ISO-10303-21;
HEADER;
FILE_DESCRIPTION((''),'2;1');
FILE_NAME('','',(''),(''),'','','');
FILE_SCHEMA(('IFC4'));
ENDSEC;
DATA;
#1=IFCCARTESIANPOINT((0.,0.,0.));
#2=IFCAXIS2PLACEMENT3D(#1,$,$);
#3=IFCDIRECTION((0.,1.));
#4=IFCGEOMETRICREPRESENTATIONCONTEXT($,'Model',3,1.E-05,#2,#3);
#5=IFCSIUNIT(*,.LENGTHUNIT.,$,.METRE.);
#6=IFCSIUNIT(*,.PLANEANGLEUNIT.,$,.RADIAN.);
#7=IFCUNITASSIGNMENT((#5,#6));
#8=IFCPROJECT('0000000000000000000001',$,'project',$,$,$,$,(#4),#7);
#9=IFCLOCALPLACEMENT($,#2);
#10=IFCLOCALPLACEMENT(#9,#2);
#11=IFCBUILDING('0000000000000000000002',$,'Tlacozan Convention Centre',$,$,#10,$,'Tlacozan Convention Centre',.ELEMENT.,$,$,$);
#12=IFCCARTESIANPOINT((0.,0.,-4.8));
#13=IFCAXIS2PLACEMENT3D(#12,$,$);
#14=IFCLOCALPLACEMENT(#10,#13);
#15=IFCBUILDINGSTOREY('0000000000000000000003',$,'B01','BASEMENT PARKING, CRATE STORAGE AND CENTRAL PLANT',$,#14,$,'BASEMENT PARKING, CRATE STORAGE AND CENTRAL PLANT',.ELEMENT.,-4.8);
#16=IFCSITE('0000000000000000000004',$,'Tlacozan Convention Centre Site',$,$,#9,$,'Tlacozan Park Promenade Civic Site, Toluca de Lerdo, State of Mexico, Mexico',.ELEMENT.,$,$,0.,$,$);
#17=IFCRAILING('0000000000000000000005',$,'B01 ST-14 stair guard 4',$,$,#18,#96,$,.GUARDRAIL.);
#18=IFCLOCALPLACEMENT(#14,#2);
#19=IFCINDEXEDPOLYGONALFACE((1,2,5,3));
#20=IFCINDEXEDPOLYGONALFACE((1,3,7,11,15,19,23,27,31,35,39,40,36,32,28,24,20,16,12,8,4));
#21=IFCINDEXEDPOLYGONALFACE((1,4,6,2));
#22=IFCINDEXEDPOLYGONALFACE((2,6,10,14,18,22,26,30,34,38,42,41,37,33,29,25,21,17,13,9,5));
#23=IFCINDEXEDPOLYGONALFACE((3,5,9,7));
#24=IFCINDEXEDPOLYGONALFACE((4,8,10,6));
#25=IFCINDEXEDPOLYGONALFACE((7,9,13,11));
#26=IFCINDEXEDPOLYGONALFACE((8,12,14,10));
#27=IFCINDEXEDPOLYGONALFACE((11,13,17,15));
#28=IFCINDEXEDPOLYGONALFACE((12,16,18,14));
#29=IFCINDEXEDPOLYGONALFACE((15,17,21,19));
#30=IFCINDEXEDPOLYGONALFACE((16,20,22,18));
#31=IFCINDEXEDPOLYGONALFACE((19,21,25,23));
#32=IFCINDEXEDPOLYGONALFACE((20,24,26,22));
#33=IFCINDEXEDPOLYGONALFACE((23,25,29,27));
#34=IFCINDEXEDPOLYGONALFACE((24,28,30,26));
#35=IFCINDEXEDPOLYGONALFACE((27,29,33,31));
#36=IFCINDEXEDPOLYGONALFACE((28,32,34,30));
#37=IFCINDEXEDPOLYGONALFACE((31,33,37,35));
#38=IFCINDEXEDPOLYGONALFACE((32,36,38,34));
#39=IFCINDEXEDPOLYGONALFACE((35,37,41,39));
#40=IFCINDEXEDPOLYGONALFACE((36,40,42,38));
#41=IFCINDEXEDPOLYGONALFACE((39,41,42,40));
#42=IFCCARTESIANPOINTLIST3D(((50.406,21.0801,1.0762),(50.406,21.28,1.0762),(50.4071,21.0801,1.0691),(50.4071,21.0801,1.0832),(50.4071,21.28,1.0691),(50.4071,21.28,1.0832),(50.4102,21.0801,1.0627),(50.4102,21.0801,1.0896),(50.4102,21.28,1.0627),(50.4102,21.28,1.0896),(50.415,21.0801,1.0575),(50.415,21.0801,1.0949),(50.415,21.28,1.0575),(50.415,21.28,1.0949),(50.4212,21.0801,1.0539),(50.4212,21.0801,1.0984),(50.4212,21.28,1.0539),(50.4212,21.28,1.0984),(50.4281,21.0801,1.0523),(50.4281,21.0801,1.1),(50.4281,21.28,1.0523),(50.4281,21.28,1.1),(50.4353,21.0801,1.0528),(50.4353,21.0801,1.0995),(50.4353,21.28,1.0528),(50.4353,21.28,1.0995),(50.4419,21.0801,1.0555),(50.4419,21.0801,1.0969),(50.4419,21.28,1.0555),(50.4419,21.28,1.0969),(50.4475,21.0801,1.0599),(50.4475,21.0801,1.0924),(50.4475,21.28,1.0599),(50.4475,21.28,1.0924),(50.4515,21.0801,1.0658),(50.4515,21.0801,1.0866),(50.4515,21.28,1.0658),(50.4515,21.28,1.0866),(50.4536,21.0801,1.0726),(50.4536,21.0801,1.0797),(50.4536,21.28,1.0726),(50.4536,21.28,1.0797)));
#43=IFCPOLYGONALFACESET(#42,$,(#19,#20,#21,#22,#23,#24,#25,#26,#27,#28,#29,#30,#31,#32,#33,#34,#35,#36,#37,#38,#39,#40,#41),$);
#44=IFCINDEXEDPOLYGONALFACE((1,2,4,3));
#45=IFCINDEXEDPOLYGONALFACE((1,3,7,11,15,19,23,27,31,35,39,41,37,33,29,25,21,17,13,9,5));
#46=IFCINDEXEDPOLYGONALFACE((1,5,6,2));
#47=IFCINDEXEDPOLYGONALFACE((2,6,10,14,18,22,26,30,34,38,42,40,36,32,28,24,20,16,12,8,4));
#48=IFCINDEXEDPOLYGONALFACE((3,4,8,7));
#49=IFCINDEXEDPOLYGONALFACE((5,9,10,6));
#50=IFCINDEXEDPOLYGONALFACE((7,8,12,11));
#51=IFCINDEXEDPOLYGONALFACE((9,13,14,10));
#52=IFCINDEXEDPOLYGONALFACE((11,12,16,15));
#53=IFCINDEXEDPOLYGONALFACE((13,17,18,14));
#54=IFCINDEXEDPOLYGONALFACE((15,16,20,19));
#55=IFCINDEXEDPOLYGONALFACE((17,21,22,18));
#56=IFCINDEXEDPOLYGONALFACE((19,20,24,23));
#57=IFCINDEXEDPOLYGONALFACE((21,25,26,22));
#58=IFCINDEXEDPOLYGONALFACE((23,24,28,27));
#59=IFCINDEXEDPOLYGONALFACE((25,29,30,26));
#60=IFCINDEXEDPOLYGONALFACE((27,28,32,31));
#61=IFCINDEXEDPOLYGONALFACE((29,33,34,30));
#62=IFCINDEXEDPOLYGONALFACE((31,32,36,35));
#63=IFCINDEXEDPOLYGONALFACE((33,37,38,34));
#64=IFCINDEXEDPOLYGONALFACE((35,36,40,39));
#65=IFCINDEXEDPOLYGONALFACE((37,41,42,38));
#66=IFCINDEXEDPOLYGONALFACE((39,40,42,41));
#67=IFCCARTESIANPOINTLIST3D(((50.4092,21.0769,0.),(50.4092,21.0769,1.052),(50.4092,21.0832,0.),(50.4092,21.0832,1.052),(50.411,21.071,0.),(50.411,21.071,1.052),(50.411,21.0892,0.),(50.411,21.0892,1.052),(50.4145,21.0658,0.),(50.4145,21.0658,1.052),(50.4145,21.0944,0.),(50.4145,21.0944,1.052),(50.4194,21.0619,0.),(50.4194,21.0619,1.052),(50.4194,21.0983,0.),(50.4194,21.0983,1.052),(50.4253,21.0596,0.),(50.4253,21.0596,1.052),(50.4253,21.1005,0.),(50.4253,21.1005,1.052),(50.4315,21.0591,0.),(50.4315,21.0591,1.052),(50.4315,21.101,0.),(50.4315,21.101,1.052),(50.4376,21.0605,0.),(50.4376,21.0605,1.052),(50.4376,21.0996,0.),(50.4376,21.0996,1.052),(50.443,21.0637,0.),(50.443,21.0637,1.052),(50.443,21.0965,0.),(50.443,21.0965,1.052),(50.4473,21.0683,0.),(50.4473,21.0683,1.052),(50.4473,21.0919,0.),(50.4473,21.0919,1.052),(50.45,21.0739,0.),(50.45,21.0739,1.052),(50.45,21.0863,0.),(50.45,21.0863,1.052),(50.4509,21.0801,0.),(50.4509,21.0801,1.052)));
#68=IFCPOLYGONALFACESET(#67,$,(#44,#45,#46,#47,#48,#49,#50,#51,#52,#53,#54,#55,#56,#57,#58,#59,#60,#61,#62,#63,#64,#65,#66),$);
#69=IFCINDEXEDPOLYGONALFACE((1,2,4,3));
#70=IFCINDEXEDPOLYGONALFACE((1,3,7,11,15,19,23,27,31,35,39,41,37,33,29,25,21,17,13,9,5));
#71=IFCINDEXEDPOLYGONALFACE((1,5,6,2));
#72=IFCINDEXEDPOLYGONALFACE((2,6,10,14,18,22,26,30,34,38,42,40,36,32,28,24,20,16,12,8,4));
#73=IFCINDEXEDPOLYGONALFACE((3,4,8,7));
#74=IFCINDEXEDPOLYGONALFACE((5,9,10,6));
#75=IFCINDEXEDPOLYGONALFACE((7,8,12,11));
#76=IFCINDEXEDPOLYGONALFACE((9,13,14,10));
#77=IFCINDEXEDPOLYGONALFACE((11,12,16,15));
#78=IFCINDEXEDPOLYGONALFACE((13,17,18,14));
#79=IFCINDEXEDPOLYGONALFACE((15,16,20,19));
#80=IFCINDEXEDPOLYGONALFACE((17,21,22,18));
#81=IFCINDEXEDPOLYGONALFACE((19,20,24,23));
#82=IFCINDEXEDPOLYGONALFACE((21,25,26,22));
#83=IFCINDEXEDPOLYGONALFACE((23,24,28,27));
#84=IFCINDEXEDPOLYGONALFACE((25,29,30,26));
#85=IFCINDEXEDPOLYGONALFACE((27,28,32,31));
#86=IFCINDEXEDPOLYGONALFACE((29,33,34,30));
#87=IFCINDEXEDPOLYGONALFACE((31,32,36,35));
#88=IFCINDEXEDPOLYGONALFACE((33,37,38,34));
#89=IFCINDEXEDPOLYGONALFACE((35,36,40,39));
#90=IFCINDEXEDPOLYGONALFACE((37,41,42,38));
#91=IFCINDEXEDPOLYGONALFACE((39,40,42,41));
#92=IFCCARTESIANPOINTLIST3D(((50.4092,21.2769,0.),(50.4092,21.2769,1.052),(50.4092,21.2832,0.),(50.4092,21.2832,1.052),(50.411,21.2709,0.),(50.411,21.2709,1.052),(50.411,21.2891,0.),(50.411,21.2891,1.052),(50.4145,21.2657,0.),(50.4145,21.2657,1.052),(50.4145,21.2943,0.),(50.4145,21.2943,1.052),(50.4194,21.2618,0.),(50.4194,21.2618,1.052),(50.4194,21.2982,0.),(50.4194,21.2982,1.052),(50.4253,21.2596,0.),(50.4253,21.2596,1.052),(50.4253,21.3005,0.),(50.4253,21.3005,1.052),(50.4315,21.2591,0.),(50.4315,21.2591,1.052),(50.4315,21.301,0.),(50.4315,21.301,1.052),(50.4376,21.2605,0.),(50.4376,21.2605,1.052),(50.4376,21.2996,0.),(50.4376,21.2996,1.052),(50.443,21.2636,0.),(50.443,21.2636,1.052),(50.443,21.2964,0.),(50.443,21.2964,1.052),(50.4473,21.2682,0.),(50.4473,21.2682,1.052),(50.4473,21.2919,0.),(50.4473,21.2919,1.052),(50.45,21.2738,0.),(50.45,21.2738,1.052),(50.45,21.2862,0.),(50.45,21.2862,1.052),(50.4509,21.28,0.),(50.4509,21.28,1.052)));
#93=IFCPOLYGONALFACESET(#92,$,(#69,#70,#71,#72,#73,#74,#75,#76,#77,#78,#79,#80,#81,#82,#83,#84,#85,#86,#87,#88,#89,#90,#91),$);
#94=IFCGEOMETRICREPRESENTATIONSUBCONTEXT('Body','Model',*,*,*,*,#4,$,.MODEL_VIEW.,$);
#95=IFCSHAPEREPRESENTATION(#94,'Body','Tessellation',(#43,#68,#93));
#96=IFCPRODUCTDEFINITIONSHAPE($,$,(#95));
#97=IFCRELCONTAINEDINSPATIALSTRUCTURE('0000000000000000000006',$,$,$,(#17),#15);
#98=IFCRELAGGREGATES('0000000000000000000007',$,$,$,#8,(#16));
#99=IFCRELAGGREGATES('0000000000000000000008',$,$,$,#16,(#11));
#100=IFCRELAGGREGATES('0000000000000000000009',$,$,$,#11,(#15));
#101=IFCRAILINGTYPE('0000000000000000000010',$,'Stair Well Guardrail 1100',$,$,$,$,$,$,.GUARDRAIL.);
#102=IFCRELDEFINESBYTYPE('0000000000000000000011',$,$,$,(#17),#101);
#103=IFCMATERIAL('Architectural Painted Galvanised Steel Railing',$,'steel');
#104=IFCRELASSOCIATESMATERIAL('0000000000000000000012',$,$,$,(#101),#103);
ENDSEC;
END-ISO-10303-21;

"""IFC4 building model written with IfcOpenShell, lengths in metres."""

from ifc_helpers import new_model, si_unit, direction, frame, origin, origin_2d, place, context, subcontext, project, spatial, circle, extrude, material, type_object, element, save


model = new_model("IFC4")

# Units and contexts
model_context = context("Model", 3, precision=1e-05, world=origin(), true_north=direction((0.0, 1.0)))
body_context = subcontext(model_context, "Body", "Model", "MODEL_VIEW")
ifc_project = project(units=[si_unit("LENGTHUNIT", "METRE"), si_unit("PLANEANGLEUNIT", "RADIAN")], contexts=[model_context])

# Site, building, storey
site_placement = place(None, origin())
site = spatial("IfcSite", under=ifc_project, at=site_placement, Name="Tlacozan Convention Centre Site", LongName="Tlacozan Park Promenade Civic Site, Toluca de Lerdo, State of Mexico, Mexico", CompositionType="ELEMENT", RefElevation=0.0)
building_placement = place(site_placement, origin())
building = spatial("IfcBuilding", under=site, at=building_placement, Name="Tlacozan Convention Centre", LongName="Tlacozan Convention Centre", CompositionType="ELEMENT")
storey_placement = place(building_placement, frame((0.0, 0.0, -4.8)))
storey = spatial("IfcBuildingStorey", under=building, at=storey_placement, Name="B01", Description="BASEMENT PARKING, CRATE STORAGE AND CENTRAL PLANT", LongName="BASEMENT PARKING, CRATE STORAGE AND CENTRAL PLANT", CompositionType="ELEMENT", Elevation=-4.8)

# Railing
ifc_material_1 = material(Name="Architectural Painted Galvanised Steel Railing", Category="steel")
railing_type_1 = type_object("IfcRailingType", Name="Stair Well Guardrail 1100", PredefinedType="GUARDRAIL", material=ifc_material_1)
railing_1_placement = place(storey_placement, frame((50.4299, 21.0801, 0.0)))
element("IfcRailing", 1, at=railing_1_placement, inside=storey, type_object=railing_type_1, Name="B01 ST-14 stair guard 4", PredefinedType="GUARDRAIL", context=body_context, shape_type="SweptSolid", body=[
    extrude(circle(Radius=0.0239, at=origin_2d()), frame((0.0, 0.0, 1.0762), z_axis=(0.0, 1.0, 0.0), x_axis=(-1.0, 0.0, 0.0)), (0.0, 0.0, 1.0), 0.2),
    extrude(circle(Radius=0.021, at=origin_2d()), origin(), (0.0, 0.0, 1.0), 1.052),
    extrude(circle(Radius=0.021, at=origin_2d()), frame((0.0, 0.2, 0.0)), (0.0, 0.0, 1.0), 1.052),
])

save(model, "model.ifc")
